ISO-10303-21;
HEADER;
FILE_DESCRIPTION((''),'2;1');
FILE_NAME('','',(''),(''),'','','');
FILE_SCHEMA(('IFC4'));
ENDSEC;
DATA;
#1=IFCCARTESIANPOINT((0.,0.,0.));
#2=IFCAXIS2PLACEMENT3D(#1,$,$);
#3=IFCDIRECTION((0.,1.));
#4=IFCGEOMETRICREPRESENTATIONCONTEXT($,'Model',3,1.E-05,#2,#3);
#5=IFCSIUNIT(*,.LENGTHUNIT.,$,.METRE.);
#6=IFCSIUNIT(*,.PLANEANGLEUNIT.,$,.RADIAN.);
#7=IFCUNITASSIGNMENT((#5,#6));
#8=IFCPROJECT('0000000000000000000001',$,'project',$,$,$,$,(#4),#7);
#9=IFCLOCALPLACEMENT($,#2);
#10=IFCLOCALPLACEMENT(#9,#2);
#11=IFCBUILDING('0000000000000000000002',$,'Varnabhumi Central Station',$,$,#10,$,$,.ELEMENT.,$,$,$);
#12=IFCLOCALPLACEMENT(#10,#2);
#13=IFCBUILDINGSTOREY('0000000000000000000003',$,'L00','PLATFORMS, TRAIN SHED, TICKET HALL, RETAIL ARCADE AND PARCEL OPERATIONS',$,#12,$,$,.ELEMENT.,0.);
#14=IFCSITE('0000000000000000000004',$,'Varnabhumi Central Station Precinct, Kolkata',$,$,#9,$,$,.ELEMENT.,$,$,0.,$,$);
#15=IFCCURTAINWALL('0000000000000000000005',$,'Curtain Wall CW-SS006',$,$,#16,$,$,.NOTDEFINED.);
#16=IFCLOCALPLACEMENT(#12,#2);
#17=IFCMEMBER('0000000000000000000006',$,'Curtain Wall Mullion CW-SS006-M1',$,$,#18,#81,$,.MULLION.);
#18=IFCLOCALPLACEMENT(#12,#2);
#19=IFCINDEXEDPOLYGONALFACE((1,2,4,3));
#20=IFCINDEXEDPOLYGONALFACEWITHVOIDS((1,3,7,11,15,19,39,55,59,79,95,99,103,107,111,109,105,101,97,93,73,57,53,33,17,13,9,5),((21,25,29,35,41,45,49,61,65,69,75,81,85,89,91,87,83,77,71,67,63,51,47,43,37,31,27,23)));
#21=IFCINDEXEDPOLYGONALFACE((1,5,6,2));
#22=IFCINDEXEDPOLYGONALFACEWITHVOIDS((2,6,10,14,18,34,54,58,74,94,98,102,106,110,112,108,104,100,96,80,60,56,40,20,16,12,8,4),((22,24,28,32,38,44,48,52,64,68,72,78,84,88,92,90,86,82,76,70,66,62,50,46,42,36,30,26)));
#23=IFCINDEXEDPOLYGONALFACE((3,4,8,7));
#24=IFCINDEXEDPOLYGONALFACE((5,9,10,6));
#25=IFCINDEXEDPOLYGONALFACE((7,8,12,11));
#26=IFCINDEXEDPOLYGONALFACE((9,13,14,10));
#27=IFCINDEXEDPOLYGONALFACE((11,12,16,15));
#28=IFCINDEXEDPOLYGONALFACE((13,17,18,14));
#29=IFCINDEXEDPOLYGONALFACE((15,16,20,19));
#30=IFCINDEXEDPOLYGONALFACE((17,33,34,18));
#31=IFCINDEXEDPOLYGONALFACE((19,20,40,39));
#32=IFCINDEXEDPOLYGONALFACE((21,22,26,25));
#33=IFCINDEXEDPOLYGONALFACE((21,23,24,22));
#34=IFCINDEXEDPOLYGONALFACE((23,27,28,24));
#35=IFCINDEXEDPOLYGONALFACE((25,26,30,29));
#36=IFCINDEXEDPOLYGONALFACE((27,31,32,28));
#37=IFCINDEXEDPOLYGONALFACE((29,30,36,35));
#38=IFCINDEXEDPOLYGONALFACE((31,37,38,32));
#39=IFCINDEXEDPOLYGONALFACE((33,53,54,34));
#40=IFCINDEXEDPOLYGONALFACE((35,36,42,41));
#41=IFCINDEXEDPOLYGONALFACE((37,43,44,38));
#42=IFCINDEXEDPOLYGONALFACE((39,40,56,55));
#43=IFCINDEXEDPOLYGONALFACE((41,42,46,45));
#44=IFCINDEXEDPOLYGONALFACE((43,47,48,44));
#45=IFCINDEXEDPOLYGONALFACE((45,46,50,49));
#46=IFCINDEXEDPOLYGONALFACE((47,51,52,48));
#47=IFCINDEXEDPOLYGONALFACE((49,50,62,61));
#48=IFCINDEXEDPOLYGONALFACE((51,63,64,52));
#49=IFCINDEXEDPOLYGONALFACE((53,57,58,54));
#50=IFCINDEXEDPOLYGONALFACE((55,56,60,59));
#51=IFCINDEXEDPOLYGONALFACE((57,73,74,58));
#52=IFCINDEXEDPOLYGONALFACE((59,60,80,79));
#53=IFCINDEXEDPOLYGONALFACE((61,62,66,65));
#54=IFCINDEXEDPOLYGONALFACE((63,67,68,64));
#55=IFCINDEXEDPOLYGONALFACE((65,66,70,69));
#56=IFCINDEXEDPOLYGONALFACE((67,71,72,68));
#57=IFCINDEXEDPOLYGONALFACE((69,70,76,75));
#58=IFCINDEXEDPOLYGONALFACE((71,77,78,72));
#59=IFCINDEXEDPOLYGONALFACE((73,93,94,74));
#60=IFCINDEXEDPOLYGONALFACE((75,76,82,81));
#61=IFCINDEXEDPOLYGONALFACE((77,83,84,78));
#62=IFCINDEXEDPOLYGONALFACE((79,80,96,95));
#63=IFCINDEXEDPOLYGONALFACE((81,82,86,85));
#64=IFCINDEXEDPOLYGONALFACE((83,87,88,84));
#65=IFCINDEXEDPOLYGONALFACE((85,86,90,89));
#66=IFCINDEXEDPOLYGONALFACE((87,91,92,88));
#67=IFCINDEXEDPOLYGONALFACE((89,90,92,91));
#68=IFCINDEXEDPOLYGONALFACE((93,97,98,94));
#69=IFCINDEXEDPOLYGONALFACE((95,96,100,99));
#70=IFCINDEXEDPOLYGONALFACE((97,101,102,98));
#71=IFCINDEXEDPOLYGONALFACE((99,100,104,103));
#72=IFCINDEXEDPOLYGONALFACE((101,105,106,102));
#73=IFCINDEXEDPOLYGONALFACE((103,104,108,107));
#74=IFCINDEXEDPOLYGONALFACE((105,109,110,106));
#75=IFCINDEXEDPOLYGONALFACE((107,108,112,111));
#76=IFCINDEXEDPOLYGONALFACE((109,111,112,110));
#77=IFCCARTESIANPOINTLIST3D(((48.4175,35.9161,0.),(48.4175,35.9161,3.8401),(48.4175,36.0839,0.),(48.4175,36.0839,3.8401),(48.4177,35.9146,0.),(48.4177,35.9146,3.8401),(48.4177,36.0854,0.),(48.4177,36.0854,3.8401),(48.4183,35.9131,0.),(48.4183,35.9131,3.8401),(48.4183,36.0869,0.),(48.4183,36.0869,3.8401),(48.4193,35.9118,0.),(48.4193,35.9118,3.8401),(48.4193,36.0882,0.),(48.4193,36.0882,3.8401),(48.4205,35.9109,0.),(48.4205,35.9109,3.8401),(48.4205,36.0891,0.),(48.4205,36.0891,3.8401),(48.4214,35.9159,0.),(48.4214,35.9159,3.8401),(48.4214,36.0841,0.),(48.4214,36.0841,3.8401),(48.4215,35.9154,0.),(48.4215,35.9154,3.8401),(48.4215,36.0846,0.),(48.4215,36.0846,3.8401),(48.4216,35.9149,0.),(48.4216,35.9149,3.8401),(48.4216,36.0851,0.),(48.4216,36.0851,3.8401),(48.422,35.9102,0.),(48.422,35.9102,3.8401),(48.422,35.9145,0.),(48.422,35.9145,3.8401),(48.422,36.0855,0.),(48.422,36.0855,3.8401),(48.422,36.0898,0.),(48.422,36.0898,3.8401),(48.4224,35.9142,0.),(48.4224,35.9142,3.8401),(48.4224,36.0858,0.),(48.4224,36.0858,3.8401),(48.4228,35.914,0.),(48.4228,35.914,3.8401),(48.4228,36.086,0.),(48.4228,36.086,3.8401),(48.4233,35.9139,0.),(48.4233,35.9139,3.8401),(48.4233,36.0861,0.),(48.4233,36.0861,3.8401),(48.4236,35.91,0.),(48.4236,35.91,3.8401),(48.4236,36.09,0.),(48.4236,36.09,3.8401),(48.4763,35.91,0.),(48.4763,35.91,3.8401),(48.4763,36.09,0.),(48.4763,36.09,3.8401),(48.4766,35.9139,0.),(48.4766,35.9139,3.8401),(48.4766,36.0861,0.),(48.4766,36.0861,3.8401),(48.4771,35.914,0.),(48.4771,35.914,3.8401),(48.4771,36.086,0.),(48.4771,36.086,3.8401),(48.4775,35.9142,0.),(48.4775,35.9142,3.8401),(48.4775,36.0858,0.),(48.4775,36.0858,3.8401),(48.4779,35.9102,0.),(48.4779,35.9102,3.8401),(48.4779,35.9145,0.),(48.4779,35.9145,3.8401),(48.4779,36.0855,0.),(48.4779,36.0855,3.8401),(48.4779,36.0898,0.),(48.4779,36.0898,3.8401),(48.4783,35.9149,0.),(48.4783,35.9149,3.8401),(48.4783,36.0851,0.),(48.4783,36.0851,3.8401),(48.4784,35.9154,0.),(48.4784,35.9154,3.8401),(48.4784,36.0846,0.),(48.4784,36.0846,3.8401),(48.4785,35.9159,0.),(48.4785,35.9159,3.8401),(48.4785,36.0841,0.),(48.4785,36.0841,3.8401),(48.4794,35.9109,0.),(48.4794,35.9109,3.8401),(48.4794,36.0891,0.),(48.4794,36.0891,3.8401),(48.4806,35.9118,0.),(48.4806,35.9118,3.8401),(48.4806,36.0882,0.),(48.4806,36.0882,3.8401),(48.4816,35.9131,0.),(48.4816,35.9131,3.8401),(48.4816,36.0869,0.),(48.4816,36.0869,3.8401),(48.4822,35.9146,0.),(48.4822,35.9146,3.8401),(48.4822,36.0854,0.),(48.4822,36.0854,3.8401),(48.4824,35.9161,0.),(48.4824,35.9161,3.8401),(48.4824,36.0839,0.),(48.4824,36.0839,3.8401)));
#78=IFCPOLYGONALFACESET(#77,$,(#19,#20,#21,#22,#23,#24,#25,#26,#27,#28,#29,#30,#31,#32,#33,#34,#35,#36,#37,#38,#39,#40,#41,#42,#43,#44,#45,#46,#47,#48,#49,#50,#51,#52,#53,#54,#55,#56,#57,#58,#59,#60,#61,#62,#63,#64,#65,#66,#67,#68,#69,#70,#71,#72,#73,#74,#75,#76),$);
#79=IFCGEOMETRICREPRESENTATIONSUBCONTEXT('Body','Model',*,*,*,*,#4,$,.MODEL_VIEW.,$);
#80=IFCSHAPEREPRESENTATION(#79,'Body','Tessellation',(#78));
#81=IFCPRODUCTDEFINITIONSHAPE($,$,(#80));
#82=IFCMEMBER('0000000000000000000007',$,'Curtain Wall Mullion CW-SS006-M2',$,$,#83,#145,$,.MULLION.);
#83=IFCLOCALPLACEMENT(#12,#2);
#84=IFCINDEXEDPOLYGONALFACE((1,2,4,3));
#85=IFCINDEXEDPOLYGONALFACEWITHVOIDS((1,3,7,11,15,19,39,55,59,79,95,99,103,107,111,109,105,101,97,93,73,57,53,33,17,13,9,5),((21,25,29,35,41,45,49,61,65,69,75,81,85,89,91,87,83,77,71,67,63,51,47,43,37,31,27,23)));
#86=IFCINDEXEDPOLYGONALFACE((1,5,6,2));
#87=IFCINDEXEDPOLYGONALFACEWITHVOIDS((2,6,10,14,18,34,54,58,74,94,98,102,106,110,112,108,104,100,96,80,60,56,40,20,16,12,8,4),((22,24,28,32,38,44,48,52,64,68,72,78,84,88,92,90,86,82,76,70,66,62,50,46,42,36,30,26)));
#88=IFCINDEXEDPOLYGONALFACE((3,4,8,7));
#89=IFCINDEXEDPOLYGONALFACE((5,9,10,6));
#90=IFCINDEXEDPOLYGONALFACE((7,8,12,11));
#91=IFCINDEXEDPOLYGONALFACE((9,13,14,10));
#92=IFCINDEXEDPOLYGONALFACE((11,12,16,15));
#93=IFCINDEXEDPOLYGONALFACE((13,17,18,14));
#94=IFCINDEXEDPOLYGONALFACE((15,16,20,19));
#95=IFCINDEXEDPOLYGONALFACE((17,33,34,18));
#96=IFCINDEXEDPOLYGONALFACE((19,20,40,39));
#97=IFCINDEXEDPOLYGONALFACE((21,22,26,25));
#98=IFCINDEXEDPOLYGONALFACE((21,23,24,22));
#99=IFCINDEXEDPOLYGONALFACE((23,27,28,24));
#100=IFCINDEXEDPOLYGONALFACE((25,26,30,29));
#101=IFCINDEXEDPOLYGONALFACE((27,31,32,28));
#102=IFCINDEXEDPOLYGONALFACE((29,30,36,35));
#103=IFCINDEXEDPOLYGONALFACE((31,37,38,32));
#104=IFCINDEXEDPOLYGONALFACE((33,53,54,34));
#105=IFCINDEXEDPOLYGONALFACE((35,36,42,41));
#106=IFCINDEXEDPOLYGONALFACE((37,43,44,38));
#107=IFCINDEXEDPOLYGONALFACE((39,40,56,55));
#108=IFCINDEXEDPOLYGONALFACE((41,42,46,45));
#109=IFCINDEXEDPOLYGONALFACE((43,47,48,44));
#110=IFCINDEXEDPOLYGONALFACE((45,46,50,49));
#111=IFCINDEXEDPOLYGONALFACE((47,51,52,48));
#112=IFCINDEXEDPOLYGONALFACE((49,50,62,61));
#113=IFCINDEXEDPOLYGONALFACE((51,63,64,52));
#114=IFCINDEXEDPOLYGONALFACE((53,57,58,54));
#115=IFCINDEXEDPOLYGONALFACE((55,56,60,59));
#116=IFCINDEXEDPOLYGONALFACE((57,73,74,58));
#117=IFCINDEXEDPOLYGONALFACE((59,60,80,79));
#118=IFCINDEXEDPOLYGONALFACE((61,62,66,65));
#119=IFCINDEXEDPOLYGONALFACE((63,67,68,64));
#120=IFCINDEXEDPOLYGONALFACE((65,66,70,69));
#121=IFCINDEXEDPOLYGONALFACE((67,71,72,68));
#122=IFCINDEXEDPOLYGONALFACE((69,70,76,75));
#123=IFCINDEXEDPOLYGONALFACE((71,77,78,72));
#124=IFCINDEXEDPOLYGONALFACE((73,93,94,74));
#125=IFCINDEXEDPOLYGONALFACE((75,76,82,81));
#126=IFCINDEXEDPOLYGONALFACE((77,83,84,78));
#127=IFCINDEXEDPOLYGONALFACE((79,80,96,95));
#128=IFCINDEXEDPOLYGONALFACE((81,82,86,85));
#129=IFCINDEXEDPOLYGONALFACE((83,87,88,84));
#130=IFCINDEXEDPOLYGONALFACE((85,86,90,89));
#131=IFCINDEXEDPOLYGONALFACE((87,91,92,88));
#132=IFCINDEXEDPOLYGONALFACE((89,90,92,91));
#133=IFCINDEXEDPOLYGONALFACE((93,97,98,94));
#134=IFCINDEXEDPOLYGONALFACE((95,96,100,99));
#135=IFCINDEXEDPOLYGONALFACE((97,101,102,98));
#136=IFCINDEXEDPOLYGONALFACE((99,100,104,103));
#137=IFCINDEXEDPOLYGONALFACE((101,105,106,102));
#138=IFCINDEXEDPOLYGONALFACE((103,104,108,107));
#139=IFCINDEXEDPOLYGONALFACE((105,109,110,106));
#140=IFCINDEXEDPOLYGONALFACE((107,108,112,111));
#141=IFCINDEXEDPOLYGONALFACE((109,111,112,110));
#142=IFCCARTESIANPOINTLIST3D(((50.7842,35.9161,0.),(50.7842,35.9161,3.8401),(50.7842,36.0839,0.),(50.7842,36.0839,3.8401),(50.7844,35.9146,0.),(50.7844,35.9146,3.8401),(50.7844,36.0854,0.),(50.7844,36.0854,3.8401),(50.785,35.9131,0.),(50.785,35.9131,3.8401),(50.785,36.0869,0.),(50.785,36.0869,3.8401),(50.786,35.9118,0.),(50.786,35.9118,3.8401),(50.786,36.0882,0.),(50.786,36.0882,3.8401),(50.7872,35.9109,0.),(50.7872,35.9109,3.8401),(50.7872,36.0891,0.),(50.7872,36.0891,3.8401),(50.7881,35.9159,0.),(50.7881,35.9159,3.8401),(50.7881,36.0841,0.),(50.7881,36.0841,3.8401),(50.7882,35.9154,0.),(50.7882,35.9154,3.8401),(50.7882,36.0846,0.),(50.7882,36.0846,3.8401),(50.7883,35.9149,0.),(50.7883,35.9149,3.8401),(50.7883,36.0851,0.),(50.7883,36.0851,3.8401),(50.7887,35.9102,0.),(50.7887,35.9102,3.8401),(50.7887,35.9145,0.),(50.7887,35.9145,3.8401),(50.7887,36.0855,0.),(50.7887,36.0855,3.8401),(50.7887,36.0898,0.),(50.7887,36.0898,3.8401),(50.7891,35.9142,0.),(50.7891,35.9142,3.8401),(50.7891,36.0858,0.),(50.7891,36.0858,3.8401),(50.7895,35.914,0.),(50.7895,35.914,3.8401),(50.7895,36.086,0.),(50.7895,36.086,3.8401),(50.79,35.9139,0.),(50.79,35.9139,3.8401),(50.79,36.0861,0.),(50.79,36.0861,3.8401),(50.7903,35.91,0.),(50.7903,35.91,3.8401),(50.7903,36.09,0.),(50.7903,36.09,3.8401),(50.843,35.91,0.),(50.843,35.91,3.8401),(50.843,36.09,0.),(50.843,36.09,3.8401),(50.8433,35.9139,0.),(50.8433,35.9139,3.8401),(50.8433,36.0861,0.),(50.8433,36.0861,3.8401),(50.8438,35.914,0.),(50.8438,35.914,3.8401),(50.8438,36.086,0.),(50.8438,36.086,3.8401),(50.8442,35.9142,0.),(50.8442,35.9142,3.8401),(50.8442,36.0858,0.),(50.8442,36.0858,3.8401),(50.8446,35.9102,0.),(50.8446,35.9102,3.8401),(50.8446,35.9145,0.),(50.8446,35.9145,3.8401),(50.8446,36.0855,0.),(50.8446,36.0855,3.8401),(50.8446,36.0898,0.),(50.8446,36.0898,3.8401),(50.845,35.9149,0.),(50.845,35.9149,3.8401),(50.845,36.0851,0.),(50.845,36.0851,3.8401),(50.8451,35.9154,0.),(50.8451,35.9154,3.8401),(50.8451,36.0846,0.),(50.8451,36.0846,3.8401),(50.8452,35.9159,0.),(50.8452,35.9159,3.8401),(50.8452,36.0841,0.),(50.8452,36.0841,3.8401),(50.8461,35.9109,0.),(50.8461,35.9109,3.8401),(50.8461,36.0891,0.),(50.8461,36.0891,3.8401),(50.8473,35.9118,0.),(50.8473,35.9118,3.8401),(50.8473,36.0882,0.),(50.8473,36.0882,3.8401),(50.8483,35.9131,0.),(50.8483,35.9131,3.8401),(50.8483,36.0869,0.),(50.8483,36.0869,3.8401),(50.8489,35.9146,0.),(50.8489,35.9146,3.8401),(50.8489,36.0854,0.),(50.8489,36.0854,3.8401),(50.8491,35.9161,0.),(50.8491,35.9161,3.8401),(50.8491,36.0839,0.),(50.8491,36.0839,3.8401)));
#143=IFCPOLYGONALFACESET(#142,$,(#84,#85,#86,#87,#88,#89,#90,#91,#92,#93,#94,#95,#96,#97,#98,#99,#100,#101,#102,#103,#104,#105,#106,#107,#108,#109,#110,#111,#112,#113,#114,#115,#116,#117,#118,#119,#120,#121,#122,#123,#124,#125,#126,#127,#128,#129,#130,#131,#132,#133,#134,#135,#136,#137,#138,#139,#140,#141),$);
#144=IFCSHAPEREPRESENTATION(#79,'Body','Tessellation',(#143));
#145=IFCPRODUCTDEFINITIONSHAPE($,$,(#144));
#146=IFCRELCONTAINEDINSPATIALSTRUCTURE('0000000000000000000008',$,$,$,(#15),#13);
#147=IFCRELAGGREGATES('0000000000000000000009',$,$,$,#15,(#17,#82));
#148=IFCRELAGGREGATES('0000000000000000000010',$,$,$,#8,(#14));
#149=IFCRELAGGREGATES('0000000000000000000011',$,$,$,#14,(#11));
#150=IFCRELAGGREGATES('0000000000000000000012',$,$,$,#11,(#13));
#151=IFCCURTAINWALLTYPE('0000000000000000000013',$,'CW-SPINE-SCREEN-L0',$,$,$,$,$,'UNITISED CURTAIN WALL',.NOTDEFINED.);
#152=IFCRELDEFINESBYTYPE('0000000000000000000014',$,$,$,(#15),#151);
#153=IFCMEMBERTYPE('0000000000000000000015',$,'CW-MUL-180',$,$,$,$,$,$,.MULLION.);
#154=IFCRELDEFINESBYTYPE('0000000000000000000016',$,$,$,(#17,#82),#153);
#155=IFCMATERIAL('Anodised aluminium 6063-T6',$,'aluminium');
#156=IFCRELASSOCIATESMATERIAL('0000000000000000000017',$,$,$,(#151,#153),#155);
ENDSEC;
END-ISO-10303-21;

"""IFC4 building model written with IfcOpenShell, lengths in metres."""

from ifc_helpers import new_model, si_unit, direction, frame, origin, origin_2d, place, context, subcontext, project, spatial, hollow_rectangle, extrude, material, material_profile, profile_set, type_object, element, aggregate, save


model = new_model("IFC4")

# Units and contexts
model_context = context("Model", 3, precision=1e-05, world=origin(), true_north=direction((0.0, 1.0)))
body_context = subcontext(model_context, "Body", "Model", "MODEL_VIEW")
ifc_project = project(units=[si_unit("LENGTHUNIT", "METRE"), si_unit("PLANEANGLEUNIT", "RADIAN")], contexts=[model_context])

# Site, building, storey
site_placement = place(None, origin())
site = spatial("IfcSite", under=ifc_project, at=site_placement, Name="Varnabhumi Central Station Precinct, Kolkata", CompositionType="ELEMENT", RefElevation=0.0)
building_placement = place(site_placement, origin())
building = spatial("IfcBuilding", under=site, at=building_placement, Name="Varnabhumi Central Station", CompositionType="ELEMENT")
storey_placement = place(building_placement, origin())
storey = spatial("IfcBuildingStorey", under=building, at=storey_placement, Name="L00", Description="PLATFORMS, TRAIN SHED, TICKET HALL, RETAIL ARCADE AND PARCEL OPERATIONS", CompositionType="ELEMENT", Elevation=0.0)

# Curtain wall, members
ifc_material_1 = material(Name="Anodised aluminium 6063-T6", Category="aluminium")
curtain_wall_type = type_object("IfcCurtainWallType", Name="CW-SPINE-SCREEN-L0", ElementType="UNITISED CURTAIN WALL", PredefinedType="NOTDEFINED", material=ifc_material_1)
curtain_wall_placement = place(storey_placement, origin())
curtain_wall = element("IfcCurtainWall", 1, at=curtain_wall_placement, inside=storey, type_object=curtain_wall_type, Name="Curtain Wall CW-SS006", PredefinedType="NOTDEFINED")
ifc_material_profile_1 = material_profile(ifc_material_1, hollow_rectangle(XDim=0.0649, YDim=0.1799, WallThickness=0.0039, InnerFilletRadius=0.002, OuterFilletRadius=0.0061, at=origin_2d()), Name="Anodised aluminium 6063-T6", Category="aluminium")
ifc_profile_set_1 = profile_set([ifc_material_profile_1], Name="Anodised aluminium 6063-T6")
member_type_1 = type_object("IfcMemberType", Name="CW-MUL-180", PredefinedType="MULLION", material=ifc_profile_set_1)
member_1_placement = place(storey_placement, frame((48.45, 36.0, 0.0), z_axis=(0.0, 0.0, 1.0), x_axis=(1.0, 0.0, 0.0)))
member_1 = element("IfcMember", 2, at=member_1_placement, type_object=member_type_1, Name="Curtain Wall Mullion CW-SS006-M1", PredefinedType="MULLION", context=body_context, shape_type="SweptSolid", body=[
    extrude(hollow_rectangle(XDim=0.0649, YDim=0.1799, WallThickness=0.0039, InnerFilletRadius=0.002, OuterFilletRadius=0.0061, at=origin_2d()), origin(), (0.0, 0.0, 1.0), 3.8401),
])
member_2_placement = place(storey_placement, frame((50.8167, 36.0, 0.0), z_axis=(0.0, 0.0, 1.0), x_axis=(1.0, 0.0, 0.0)))
member_2 = element("IfcMember", 3, at=member_2_placement, type_object=member_type_1, Name="Curtain Wall Mullion CW-SS006-M2", PredefinedType="MULLION", context=body_context, shape_type="SweptSolid", body=[
    extrude(hollow_rectangle(XDim=0.0649, YDim=0.1799, WallThickness=0.0039, InnerFilletRadius=0.002, OuterFilletRadius=0.0061, at=origin_2d()), origin(), (0.0, 0.0, 1.0), 3.8401),
])
aggregate(curtain_wall, [member_1, member_2])

save(model, "model.ifc")
